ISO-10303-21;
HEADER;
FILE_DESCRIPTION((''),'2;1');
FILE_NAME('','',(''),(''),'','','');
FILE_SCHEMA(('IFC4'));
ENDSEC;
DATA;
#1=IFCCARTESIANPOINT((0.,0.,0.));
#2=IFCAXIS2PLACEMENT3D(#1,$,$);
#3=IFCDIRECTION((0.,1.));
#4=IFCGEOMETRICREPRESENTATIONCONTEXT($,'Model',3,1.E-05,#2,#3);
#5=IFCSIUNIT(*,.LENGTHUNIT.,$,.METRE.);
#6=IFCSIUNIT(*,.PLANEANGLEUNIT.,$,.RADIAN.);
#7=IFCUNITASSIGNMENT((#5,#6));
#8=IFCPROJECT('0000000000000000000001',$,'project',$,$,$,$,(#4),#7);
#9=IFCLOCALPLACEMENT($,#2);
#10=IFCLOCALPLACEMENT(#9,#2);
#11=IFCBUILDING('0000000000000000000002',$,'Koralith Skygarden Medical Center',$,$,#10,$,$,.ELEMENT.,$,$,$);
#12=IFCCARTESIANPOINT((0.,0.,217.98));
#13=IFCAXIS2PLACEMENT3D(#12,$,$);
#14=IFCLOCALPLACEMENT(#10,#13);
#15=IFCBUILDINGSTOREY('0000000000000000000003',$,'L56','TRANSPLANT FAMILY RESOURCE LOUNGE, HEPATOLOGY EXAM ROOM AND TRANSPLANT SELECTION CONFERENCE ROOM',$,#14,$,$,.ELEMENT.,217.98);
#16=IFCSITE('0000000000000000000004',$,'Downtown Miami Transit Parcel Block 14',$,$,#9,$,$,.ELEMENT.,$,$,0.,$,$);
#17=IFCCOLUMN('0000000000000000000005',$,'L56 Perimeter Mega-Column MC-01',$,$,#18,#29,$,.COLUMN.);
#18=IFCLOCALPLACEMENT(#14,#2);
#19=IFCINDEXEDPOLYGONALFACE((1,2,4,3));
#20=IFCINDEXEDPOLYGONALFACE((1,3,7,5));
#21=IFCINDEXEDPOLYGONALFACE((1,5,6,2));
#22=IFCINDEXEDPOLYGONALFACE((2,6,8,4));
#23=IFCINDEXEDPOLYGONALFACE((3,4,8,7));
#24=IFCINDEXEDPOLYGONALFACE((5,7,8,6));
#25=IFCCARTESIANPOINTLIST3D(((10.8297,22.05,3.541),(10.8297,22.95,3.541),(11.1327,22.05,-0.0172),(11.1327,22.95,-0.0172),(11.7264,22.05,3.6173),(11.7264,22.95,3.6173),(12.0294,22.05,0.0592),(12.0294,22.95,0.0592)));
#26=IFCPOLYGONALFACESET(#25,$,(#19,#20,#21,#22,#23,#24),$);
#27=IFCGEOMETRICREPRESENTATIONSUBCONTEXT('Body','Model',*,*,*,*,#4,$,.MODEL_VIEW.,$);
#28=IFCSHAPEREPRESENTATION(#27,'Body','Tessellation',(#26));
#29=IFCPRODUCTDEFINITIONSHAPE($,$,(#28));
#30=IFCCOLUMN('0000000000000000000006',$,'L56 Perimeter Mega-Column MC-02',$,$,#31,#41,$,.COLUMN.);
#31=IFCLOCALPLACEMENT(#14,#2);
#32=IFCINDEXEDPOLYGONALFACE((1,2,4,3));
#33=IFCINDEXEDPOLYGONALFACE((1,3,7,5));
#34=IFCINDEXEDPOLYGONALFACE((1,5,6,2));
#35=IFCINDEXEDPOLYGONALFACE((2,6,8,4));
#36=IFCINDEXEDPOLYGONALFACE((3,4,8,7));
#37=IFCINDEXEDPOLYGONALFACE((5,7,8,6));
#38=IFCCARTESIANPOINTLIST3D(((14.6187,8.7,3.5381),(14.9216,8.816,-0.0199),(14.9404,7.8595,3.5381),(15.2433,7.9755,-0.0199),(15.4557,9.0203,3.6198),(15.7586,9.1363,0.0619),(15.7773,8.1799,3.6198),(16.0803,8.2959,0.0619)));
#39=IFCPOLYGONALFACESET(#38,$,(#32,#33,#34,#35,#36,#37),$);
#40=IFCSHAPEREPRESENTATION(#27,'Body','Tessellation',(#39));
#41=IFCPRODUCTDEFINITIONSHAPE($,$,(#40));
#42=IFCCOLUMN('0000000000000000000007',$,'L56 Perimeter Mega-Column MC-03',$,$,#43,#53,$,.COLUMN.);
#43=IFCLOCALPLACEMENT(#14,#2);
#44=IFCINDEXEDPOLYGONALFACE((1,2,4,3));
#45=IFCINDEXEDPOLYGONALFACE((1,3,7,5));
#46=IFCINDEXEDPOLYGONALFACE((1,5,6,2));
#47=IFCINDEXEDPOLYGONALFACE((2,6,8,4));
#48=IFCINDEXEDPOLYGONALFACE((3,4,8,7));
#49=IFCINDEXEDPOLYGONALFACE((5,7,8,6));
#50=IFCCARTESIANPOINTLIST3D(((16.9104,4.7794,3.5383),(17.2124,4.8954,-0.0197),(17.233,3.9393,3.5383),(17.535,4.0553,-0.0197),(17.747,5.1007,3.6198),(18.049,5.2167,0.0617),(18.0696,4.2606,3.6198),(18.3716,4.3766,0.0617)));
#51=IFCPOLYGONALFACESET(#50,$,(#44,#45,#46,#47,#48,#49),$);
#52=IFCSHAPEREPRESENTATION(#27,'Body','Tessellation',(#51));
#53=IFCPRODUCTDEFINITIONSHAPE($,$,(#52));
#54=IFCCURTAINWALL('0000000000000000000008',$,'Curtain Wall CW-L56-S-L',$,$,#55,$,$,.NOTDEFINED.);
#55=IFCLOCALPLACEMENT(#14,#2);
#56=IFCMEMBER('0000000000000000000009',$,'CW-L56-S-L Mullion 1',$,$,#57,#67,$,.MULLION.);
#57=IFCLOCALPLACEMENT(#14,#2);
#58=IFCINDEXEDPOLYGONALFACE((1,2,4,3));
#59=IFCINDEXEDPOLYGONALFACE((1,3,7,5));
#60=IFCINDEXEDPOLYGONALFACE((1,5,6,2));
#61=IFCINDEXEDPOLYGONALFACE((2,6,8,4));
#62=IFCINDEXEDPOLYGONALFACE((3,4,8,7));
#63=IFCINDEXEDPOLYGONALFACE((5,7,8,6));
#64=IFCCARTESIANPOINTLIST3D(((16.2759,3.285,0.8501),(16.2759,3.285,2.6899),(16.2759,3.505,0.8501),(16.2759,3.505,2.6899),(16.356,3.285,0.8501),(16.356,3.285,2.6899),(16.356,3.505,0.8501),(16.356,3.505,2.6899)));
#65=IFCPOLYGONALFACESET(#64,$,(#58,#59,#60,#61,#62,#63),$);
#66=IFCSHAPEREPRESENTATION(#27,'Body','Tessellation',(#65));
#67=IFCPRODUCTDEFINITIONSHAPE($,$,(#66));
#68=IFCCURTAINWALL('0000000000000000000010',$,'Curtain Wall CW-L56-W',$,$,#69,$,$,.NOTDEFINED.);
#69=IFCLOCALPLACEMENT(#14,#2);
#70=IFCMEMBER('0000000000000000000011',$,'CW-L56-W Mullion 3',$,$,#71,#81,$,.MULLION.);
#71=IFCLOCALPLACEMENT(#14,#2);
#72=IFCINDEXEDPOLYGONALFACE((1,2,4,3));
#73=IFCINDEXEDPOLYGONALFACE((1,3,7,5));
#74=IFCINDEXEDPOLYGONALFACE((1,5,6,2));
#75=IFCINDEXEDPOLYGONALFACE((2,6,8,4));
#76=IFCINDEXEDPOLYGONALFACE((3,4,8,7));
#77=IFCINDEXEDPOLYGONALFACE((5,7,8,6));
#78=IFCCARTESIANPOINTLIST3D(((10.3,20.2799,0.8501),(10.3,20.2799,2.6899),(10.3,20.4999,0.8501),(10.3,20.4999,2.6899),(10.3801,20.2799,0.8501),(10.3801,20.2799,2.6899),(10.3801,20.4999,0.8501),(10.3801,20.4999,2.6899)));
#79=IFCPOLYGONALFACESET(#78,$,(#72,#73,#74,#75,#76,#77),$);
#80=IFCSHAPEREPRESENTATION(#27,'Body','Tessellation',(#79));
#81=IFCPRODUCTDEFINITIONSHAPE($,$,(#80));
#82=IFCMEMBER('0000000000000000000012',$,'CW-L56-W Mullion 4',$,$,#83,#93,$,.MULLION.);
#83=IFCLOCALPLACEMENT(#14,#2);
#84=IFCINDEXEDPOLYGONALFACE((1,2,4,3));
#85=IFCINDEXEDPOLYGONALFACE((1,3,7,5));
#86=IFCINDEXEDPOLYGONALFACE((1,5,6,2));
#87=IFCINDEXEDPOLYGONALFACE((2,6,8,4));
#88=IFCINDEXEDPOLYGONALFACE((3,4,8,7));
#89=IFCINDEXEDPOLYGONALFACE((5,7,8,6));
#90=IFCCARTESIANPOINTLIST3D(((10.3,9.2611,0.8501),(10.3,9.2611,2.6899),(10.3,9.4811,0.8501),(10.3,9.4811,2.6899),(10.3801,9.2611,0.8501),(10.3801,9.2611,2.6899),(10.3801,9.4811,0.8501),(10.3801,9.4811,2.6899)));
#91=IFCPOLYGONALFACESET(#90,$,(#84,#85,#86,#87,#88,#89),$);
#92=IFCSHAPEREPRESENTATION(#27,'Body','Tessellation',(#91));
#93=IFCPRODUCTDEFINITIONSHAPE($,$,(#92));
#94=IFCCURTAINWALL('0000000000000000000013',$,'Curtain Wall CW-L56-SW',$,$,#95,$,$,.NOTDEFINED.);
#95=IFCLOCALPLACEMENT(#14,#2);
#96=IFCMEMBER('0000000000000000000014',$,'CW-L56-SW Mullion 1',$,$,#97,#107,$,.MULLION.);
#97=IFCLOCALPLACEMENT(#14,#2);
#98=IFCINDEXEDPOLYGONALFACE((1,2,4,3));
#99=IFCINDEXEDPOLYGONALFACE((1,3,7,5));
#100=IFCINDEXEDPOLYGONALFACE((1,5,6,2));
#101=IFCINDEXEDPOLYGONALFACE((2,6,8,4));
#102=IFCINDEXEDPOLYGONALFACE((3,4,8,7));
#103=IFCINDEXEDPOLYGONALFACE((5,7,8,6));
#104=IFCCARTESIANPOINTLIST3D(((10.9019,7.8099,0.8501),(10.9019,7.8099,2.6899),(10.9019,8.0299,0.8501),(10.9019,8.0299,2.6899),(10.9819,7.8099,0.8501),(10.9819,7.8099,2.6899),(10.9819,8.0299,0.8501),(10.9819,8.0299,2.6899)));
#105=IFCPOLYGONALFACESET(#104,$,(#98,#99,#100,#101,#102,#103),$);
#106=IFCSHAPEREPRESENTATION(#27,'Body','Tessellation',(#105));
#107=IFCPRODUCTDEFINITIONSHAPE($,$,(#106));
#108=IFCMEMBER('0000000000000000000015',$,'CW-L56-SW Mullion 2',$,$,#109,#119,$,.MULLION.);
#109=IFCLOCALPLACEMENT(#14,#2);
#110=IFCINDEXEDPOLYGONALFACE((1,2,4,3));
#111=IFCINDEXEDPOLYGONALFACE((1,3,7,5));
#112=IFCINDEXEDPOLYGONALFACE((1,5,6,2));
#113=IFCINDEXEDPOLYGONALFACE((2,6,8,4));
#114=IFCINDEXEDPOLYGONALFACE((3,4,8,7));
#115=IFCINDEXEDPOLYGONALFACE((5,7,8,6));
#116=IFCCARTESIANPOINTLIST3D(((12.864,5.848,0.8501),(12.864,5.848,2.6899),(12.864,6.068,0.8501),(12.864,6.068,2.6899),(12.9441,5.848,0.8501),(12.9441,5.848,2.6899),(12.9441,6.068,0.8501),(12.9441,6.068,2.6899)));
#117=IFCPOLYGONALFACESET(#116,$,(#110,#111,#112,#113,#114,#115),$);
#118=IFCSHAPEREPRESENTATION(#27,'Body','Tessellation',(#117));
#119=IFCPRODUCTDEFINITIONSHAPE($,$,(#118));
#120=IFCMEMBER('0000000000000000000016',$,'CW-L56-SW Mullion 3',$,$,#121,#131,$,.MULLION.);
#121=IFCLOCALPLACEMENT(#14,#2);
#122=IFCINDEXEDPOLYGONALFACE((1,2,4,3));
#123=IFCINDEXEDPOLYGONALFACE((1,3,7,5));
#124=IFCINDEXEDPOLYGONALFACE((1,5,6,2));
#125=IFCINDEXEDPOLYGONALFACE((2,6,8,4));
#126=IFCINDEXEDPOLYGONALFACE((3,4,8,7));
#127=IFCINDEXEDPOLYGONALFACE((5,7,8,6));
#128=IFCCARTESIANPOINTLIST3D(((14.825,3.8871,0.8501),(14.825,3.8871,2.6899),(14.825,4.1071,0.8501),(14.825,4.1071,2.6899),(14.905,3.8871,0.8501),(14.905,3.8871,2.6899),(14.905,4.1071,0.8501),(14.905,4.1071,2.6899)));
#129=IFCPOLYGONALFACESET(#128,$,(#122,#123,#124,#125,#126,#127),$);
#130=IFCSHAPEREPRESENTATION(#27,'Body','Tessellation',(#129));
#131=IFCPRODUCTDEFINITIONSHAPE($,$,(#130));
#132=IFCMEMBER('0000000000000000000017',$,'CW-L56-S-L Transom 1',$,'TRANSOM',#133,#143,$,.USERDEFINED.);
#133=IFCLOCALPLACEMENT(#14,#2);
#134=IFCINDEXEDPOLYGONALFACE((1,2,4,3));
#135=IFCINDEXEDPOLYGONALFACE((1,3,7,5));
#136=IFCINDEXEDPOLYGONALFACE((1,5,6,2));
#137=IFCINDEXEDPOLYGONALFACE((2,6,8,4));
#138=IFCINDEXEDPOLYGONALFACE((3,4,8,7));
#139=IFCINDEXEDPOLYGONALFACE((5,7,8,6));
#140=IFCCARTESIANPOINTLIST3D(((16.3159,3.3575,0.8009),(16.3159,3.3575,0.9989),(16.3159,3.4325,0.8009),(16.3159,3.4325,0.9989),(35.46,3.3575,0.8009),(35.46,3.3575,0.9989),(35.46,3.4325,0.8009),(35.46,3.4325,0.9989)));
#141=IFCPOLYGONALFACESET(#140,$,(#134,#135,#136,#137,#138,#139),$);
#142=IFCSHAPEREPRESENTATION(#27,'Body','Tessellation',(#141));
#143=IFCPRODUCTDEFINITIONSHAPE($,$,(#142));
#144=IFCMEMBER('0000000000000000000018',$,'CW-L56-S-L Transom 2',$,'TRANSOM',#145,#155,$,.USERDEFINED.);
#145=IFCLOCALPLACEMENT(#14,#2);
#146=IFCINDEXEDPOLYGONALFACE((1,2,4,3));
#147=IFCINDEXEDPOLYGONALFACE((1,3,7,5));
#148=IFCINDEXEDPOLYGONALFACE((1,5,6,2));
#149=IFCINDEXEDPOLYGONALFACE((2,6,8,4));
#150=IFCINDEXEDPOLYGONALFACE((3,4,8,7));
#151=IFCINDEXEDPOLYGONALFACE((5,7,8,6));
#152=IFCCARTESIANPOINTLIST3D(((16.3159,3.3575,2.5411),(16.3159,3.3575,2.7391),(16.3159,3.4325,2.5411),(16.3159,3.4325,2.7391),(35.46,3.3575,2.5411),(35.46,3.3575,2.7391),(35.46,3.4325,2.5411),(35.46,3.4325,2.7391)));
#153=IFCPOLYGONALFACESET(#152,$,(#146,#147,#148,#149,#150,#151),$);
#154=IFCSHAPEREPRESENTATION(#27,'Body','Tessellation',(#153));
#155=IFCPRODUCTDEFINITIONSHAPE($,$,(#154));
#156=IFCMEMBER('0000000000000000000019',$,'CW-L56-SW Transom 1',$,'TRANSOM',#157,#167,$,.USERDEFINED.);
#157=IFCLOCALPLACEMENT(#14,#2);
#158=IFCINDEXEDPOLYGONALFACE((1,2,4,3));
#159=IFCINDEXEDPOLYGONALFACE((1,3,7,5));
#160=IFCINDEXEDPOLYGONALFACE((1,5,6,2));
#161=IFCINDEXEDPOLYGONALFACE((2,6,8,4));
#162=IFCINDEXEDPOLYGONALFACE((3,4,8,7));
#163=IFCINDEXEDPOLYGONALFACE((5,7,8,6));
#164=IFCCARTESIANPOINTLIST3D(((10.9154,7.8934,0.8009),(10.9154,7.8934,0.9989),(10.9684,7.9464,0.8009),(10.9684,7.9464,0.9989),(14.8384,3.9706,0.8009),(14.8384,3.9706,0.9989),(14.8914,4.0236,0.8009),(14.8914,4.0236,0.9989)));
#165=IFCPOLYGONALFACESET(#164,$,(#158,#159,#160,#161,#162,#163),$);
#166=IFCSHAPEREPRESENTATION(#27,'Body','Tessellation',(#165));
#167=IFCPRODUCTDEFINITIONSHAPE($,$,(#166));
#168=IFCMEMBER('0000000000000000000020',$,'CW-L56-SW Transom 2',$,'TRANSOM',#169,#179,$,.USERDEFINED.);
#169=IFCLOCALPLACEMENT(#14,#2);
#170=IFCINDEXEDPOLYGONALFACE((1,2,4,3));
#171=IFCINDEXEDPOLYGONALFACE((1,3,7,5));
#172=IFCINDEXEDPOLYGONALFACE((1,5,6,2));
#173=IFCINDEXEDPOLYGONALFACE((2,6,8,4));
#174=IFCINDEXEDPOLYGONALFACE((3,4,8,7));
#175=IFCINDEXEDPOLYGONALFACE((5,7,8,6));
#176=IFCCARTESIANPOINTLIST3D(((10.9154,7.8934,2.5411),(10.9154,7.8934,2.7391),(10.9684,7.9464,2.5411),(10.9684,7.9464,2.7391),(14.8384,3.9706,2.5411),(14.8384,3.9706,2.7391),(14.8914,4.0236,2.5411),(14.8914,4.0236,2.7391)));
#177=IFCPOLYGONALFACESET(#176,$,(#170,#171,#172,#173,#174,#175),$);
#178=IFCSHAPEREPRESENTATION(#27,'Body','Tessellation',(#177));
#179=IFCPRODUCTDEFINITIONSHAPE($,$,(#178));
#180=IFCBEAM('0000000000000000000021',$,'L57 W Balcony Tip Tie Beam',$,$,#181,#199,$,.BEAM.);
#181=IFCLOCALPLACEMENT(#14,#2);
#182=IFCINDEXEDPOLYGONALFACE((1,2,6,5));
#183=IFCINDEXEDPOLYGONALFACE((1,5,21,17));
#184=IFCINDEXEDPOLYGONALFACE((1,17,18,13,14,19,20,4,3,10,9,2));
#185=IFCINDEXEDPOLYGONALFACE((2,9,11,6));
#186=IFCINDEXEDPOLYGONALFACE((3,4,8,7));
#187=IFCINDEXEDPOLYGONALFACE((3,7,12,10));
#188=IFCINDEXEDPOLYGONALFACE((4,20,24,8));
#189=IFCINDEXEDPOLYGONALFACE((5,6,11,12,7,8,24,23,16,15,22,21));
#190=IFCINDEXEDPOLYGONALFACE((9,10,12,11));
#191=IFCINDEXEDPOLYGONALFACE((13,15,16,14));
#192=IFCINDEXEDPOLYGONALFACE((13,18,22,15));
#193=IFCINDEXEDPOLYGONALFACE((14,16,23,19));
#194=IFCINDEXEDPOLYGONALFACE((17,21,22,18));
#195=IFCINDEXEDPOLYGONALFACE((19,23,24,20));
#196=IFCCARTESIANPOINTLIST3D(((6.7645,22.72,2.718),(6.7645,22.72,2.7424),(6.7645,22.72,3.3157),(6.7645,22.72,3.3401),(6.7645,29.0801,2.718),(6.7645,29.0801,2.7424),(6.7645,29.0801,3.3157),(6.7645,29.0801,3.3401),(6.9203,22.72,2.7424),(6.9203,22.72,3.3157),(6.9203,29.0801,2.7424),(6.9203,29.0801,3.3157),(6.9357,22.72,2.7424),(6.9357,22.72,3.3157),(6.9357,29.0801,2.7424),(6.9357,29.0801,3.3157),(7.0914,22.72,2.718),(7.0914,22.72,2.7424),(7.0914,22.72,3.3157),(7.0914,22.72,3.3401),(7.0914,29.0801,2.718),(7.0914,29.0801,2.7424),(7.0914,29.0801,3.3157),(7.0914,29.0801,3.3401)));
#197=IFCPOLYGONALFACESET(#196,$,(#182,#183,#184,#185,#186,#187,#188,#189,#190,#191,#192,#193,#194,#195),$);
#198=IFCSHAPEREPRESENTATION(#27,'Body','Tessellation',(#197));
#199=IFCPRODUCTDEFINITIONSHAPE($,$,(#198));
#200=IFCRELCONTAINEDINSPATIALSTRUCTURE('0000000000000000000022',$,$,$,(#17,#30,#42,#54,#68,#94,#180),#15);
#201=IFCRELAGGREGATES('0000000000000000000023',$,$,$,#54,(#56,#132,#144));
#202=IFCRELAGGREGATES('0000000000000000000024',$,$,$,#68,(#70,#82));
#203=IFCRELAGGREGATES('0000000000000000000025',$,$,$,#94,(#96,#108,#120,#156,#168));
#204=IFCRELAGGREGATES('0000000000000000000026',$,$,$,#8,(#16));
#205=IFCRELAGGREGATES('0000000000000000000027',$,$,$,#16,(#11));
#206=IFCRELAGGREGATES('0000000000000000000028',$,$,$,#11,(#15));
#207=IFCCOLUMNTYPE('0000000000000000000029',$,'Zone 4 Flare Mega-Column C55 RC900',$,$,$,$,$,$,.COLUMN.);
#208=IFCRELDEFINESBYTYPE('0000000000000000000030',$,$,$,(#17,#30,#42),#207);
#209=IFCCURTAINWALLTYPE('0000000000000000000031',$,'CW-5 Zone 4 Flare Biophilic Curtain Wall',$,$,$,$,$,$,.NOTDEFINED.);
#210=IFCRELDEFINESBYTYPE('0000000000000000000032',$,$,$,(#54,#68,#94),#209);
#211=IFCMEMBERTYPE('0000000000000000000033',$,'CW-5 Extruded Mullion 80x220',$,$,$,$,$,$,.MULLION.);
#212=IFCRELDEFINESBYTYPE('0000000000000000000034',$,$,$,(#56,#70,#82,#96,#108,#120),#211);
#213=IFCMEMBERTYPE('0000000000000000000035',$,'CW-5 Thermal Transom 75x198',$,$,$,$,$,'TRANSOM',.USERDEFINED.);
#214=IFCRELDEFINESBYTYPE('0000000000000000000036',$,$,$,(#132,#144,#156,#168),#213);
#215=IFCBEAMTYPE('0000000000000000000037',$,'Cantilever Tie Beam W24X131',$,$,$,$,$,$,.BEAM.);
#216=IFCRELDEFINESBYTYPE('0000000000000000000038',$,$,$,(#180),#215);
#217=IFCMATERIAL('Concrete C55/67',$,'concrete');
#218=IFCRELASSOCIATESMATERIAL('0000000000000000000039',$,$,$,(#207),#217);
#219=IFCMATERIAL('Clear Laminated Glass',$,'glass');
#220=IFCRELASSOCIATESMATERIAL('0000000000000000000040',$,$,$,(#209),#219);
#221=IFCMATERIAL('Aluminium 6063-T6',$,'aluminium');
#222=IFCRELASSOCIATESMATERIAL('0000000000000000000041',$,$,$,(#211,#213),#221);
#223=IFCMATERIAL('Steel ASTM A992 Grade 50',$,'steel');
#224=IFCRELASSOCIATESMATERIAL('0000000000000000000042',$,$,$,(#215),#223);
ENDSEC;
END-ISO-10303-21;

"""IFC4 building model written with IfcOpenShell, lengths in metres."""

from ifc_helpers import new_model, si_unit, direction, frame, origin, origin_2d, place, context, subcontext, project, spatial, rectangle, i_section, extrude, material, material_profile, profile_set, type_object, element, aggregate, save


model = new_model("IFC4")

# Units and contexts
model_context = context("Model", 3, precision=1e-05, world=origin(), true_north=direction((0.0, 1.0)))
body_context = subcontext(model_context, "Body", "Model", "MODEL_VIEW")
ifc_project = project(units=[si_unit("LENGTHUNIT", "METRE"), si_unit("PLANEANGLEUNIT", "RADIAN")], contexts=[model_context])

# Site, building, storey
site_placement = place(None, origin())
site = spatial("IfcSite", under=ifc_project, at=site_placement, Name="Downtown Miami Transit Parcel Block 14", CompositionType="ELEMENT", RefElevation=0.0)
building_placement = place(site_placement, origin())
building = spatial("IfcBuilding", under=site, at=building_placement, Name="Koralith Skygarden Medical Center", CompositionType="ELEMENT")
storey_placement = place(building_placement, frame((0.0, 0.0, 217.98)))
storey = spatial("IfcBuildingStorey", under=building, at=storey_placement, Name="L56", Description="TRANSPLANT FAMILY RESOURCE LOUNGE, HEPATOLOGY EXAM ROOM AND TRANSPLANT SELECTION CONFERENCE ROOM", CompositionType="ELEMENT", Elevation=217.98)

# Columns
ifc_material_1 = material(Name="Concrete C55/67", Category="concrete")
ifc_material_profile_1 = material_profile(ifc_material_1, rectangle(XDim=0.8999, YDim=0.8999, at=origin_2d()), Name="RC900X900")
ifc_profile_set_1 = profile_set([ifc_material_profile_1], Name="Concrete C55/67")
column_type = type_object("IfcColumnType", Name="Zone 4 Flare Mega-Column C55 RC900", PredefinedType="COLUMN", material=ifc_profile_set_1)
column_placement = place(storey_placement, frame((11.5811, 22.5, 0.021), z_axis=(-0.084845, 0.0, 0.996394), x_axis=(0.0, -1.0, 0.0)))
element("IfcColumn", 1, at=column_placement, inside=storey, type_object=column_type, Name="L56 Perimeter Mega-Column MC-01", PredefinedType="COLUMN", context=body_context, shape_type="SweptSolid", body=[
    extrude(rectangle(XDim=0.8999, YDim=0.8999, at=origin_2d()), origin(), (0.0, 0.0, 1.0), 3.571),
])
for number, where, z_axis, x_axis, name in (
    (2, (15.501, 8.5559, 0.021), (-0.0848, -0.032458, 0.995869), (0.357466, -0.933926, 0.0), "L56 Perimeter Mega-Column MC-02"),
    (3, (17.792, 4.636, 0.021), (-0.084529, -0.032458, 0.995892), (0.358473, -0.93354, 0.0), "L56 Perimeter Mega-Column MC-03"),
):
    element("IfcColumn", number, at=place(storey_placement, frame(where, z_axis=z_axis, x_axis=x_axis)), inside=storey, type_object=column_type, Name=name, PredefinedType="COLUMN", context=body_context, shape_type="SweptSolid", body=[
        extrude(rectangle(XDim=0.8999, YDim=0.8999, at=origin_2d()), origin(), (0.0, 0.0, 1.0), 3.5728),
    ])

# Curtain wall, member
ifc_material_2 = material(Name="Clear Laminated Glass", Category="glass")
curtain_wall_type = type_object("IfcCurtainWallType", Name="CW-5 Zone 4 Flare Biophilic Curtain Wall", PredefinedType="NOTDEFINED", material=ifc_material_2)
curtain_wall_1_placement = place(storey_placement, origin())
curtain_wall_1 = element("IfcCurtainWall", 4, at=curtain_wall_1_placement, inside=storey, type_object=curtain_wall_type, Name="Curtain Wall CW-L56-S-L", PredefinedType="NOTDEFINED")
ifc_material_3 = material(Name="Aluminium 6063-T6", Category="aluminium")
ifc_material_profile_2 = material_profile(ifc_material_3, rectangle(XDim=0.0801, YDim=0.22, at=origin_2d()), Name="MUL80X220")
ifc_profile_set_2 = profile_set([ifc_material_profile_2], Name="Aluminium 6063-T6")
member_type_1 = type_object("IfcMemberType", Name="CW-5 Extruded Mullion 80x220", PredefinedType="MULLION", material=ifc_profile_set_2)
member_1_placement = place(storey_placement, frame((16.3159, 3.395, 0.8501), z_axis=(0.0, 0.0, 1.0), x_axis=(1.0, 0.0, 0.0)))
member_1 = element("IfcMember", 5, at=member_1_placement, type_object=member_type_1, Name="CW-L56-S-L Mullion 1", PredefinedType="MULLION", context=body_context, shape_type="SweptSolid", body=[
    extrude(rectangle(XDim=0.0801, YDim=0.22, at=origin_2d()), origin(), (0.0, 0.0, 1.0), 1.8398),
])

# Curtain walls, members
curtain_wall_2_placement = place(storey_placement, origin())
curtain_wall_2 = element("IfcCurtainWall", 6, at=curtain_wall_2_placement, inside=storey, type_object=curtain_wall_type, Name="Curtain Wall CW-L56-W", PredefinedType="NOTDEFINED")
member_2_placement = place(storey_placement, frame((10.3401, 20.3899, 0.8501), z_axis=(0.0, 0.0, 1.0), x_axis=(1.0, 0.0, 0.0)))
member_2 = element("IfcMember", 7, at=member_2_placement, type_object=member_type_1, Name="CW-L56-W Mullion 3", PredefinedType="MULLION", context=body_context, shape_type="SweptSolid", body=[
    extrude(rectangle(XDim=0.0801, YDim=0.22, at=origin_2d()), origin(), (0.0, 0.0, 1.0), 1.8398),
])
member_3_placement = place(storey_placement, frame((10.3401, 9.3711, 0.8501), z_axis=(0.0, 0.0, 1.0), x_axis=(1.0, 0.0, 0.0)))
member_3 = element("IfcMember", 8, at=member_3_placement, type_object=member_type_1, Name="CW-L56-W Mullion 4", PredefinedType="MULLION", context=body_context, shape_type="SweptSolid", body=[
    extrude(rectangle(XDim=0.0801, YDim=0.22, at=origin_2d()), origin(), (0.0, 0.0, 1.0), 1.8398),
])
curtain_wall_3_placement = place(storey_placement, origin())
curtain_wall_3 = element("IfcCurtainWall", 9, at=curtain_wall_3_placement, inside=storey, type_object=curtain_wall_type, Name="Curtain Wall CW-L56-SW", PredefinedType="NOTDEFINED")
member_4_placement = place(storey_placement, frame((10.9419, 7.9199, 0.8501), z_axis=(0.0, 0.0, 1.0), x_axis=(1.0, 0.0, 0.0)))
member_4 = element("IfcMember", 10, at=member_4_placement, type_object=member_type_1, Name="CW-L56-SW Mullion 1", PredefinedType="MULLION", context=body_context, shape_type="SweptSolid", body=[
    extrude(rectangle(XDim=0.0801, YDim=0.22, at=origin_2d()), origin(), (0.0, 0.0, 1.0), 1.8398),
])
member_5_placement = place(storey_placement, frame((12.9041, 5.958, 0.8501), z_axis=(0.0, 0.0, 1.0), x_axis=(1.0, 0.0, 0.0)))
member_5 = element("IfcMember", 11, at=member_5_placement, type_object=member_type_1, Name="CW-L56-SW Mullion 2", PredefinedType="MULLION", context=body_context, shape_type="SweptSolid", body=[
    extrude(rectangle(XDim=0.0801, YDim=0.22, at=origin_2d()), origin(), (0.0, 0.0, 1.0), 1.8398),
])
member_6_placement = place(storey_placement, frame((14.865, 3.9971, 0.8501), z_axis=(0.0, 0.0, 1.0), x_axis=(1.0, 0.0, 0.0)))
member_6 = element("IfcMember", 12, at=member_6_placement, type_object=member_type_1, Name="CW-L56-SW Mullion 3", PredefinedType="MULLION", context=body_context, shape_type="SweptSolid", body=[
    extrude(rectangle(XDim=0.0801, YDim=0.22, at=origin_2d()), origin(), (0.0, 0.0, 1.0), 1.8398),
])

# Members
ifc_material_profile_3 = material_profile(ifc_material_3, rectangle(XDim=0.075, YDim=0.198, at=origin_2d()), Name="TRN75X198")
ifc_profile_set_3 = profile_set([ifc_material_profile_3], Name="Aluminium 6063-T6")
member_type_2 = type_object("IfcMemberType", Name="CW-5 Thermal Transom 75x198", ElementType="TRANSOM", PredefinedType="USERDEFINED", material=ifc_profile_set_3)
member_7_placement = place(storey_placement, frame((16.3159, 3.395, 0.8999), z_axis=(1.0, 0.0, 0.0), x_axis=(0.0, 1.0, 0.0)))
member_7 = element("IfcMember", 13, at=member_7_placement, type_object=member_type_2, Name="CW-L56-S-L Transom 1", ObjectType="TRANSOM", PredefinedType="USERDEFINED", context=body_context, shape_type="SweptSolid", body=[
    extrude(rectangle(XDim=0.075, YDim=0.198, at=origin_2d()), origin(), (0.0, 0.0, 1.0), 19.144),
])
member_8_placement = place(storey_placement, frame((16.3159, 3.395, 2.6401), z_axis=(1.0, 0.0, 0.0), x_axis=(0.0, 1.0, 0.0)))
member_8 = element("IfcMember", 14, at=member_8_placement, type_object=member_type_2, Name="CW-L56-S-L Transom 2", ObjectType="TRANSOM", PredefinedType="USERDEFINED", context=body_context, shape_type="SweptSolid", body=[
    extrude(rectangle(XDim=0.075, YDim=0.198, at=origin_2d()), origin(), (0.0, 0.0, 1.0), 19.144),
])
member_9_placement = place(storey_placement, frame((10.9419, 7.9199, 0.8999), z_axis=(0.707129, -0.707085, 0.0), x_axis=(0.707085, 0.707129, 0.0)))
member_9 = element("IfcMember", 15, at=member_9_placement, type_object=member_type_2, Name="CW-L56-SW Transom 1", ObjectType="TRANSOM", PredefinedType="USERDEFINED", context=body_context, shape_type="SweptSolid", body=[
    extrude(rectangle(XDim=0.075, YDim=0.198, at=origin_2d()), origin(), (0.0, 0.0, 1.0), 5.5479),
])
member_10_placement = place(storey_placement, frame((10.9419, 7.9199, 2.6401), z_axis=(0.707129, -0.707085, 0.0), x_axis=(0.707085, 0.707129, 0.0)))
member_10 = element("IfcMember", 16, at=member_10_placement, type_object=member_type_2, Name="CW-L56-SW Transom 2", ObjectType="TRANSOM", PredefinedType="USERDEFINED", context=body_context, shape_type="SweptSolid", body=[
    extrude(rectangle(XDim=0.075, YDim=0.198, at=origin_2d()), origin(), (0.0, 0.0, 1.0), 5.5479),
])

# Beam
ifc_material_4 = material(Name="Steel ASTM A992 Grade 50", Category="steel")
ifc_material_profile_4 = material_profile(ifc_material_4, i_section(OverallWidth=0.3269, OverallDepth=0.6221, WebThickness=0.0154, FlangeThickness=0.0244, at=origin_2d()), Name="W24X131")
ifc_profile_set_4 = profile_set([ifc_material_profile_4], Name="Steel ASTM A992 Grade 50")
beam_type_1 = type_object("IfcBeamType", Name="Cantilever Tie Beam W24X131", PredefinedType="BEAM", material=ifc_profile_set_4)
beam_1_placement = place(storey_placement, frame((6.928, 22.72, 3.0291), z_axis=(0.0, 1.0, 0.0), x_axis=(-1.0, 0.0, 0.0)))
element("IfcBeam", 17, at=beam_1_placement, inside=storey, type_object=beam_type_1, Name="L57 W Balcony Tip Tie Beam", PredefinedType="BEAM", context=body_context, shape_type="SweptSolid", body=[
    extrude(i_section(OverallWidth=0.3269, OverallDepth=0.6221, WebThickness=0.0154, FlangeThickness=0.0244, at=origin_2d()), origin(), (0.0, 0.0, 1.0), 6.3601),
])

aggregate(curtain_wall_1, [member_1, member_7, member_8])
aggregate(curtain_wall_2, [member_2, member_3])
aggregate(curtain_wall_3, [member_4, member_5, member_6, member_9, member_10])

save(model, "model.ifc")
